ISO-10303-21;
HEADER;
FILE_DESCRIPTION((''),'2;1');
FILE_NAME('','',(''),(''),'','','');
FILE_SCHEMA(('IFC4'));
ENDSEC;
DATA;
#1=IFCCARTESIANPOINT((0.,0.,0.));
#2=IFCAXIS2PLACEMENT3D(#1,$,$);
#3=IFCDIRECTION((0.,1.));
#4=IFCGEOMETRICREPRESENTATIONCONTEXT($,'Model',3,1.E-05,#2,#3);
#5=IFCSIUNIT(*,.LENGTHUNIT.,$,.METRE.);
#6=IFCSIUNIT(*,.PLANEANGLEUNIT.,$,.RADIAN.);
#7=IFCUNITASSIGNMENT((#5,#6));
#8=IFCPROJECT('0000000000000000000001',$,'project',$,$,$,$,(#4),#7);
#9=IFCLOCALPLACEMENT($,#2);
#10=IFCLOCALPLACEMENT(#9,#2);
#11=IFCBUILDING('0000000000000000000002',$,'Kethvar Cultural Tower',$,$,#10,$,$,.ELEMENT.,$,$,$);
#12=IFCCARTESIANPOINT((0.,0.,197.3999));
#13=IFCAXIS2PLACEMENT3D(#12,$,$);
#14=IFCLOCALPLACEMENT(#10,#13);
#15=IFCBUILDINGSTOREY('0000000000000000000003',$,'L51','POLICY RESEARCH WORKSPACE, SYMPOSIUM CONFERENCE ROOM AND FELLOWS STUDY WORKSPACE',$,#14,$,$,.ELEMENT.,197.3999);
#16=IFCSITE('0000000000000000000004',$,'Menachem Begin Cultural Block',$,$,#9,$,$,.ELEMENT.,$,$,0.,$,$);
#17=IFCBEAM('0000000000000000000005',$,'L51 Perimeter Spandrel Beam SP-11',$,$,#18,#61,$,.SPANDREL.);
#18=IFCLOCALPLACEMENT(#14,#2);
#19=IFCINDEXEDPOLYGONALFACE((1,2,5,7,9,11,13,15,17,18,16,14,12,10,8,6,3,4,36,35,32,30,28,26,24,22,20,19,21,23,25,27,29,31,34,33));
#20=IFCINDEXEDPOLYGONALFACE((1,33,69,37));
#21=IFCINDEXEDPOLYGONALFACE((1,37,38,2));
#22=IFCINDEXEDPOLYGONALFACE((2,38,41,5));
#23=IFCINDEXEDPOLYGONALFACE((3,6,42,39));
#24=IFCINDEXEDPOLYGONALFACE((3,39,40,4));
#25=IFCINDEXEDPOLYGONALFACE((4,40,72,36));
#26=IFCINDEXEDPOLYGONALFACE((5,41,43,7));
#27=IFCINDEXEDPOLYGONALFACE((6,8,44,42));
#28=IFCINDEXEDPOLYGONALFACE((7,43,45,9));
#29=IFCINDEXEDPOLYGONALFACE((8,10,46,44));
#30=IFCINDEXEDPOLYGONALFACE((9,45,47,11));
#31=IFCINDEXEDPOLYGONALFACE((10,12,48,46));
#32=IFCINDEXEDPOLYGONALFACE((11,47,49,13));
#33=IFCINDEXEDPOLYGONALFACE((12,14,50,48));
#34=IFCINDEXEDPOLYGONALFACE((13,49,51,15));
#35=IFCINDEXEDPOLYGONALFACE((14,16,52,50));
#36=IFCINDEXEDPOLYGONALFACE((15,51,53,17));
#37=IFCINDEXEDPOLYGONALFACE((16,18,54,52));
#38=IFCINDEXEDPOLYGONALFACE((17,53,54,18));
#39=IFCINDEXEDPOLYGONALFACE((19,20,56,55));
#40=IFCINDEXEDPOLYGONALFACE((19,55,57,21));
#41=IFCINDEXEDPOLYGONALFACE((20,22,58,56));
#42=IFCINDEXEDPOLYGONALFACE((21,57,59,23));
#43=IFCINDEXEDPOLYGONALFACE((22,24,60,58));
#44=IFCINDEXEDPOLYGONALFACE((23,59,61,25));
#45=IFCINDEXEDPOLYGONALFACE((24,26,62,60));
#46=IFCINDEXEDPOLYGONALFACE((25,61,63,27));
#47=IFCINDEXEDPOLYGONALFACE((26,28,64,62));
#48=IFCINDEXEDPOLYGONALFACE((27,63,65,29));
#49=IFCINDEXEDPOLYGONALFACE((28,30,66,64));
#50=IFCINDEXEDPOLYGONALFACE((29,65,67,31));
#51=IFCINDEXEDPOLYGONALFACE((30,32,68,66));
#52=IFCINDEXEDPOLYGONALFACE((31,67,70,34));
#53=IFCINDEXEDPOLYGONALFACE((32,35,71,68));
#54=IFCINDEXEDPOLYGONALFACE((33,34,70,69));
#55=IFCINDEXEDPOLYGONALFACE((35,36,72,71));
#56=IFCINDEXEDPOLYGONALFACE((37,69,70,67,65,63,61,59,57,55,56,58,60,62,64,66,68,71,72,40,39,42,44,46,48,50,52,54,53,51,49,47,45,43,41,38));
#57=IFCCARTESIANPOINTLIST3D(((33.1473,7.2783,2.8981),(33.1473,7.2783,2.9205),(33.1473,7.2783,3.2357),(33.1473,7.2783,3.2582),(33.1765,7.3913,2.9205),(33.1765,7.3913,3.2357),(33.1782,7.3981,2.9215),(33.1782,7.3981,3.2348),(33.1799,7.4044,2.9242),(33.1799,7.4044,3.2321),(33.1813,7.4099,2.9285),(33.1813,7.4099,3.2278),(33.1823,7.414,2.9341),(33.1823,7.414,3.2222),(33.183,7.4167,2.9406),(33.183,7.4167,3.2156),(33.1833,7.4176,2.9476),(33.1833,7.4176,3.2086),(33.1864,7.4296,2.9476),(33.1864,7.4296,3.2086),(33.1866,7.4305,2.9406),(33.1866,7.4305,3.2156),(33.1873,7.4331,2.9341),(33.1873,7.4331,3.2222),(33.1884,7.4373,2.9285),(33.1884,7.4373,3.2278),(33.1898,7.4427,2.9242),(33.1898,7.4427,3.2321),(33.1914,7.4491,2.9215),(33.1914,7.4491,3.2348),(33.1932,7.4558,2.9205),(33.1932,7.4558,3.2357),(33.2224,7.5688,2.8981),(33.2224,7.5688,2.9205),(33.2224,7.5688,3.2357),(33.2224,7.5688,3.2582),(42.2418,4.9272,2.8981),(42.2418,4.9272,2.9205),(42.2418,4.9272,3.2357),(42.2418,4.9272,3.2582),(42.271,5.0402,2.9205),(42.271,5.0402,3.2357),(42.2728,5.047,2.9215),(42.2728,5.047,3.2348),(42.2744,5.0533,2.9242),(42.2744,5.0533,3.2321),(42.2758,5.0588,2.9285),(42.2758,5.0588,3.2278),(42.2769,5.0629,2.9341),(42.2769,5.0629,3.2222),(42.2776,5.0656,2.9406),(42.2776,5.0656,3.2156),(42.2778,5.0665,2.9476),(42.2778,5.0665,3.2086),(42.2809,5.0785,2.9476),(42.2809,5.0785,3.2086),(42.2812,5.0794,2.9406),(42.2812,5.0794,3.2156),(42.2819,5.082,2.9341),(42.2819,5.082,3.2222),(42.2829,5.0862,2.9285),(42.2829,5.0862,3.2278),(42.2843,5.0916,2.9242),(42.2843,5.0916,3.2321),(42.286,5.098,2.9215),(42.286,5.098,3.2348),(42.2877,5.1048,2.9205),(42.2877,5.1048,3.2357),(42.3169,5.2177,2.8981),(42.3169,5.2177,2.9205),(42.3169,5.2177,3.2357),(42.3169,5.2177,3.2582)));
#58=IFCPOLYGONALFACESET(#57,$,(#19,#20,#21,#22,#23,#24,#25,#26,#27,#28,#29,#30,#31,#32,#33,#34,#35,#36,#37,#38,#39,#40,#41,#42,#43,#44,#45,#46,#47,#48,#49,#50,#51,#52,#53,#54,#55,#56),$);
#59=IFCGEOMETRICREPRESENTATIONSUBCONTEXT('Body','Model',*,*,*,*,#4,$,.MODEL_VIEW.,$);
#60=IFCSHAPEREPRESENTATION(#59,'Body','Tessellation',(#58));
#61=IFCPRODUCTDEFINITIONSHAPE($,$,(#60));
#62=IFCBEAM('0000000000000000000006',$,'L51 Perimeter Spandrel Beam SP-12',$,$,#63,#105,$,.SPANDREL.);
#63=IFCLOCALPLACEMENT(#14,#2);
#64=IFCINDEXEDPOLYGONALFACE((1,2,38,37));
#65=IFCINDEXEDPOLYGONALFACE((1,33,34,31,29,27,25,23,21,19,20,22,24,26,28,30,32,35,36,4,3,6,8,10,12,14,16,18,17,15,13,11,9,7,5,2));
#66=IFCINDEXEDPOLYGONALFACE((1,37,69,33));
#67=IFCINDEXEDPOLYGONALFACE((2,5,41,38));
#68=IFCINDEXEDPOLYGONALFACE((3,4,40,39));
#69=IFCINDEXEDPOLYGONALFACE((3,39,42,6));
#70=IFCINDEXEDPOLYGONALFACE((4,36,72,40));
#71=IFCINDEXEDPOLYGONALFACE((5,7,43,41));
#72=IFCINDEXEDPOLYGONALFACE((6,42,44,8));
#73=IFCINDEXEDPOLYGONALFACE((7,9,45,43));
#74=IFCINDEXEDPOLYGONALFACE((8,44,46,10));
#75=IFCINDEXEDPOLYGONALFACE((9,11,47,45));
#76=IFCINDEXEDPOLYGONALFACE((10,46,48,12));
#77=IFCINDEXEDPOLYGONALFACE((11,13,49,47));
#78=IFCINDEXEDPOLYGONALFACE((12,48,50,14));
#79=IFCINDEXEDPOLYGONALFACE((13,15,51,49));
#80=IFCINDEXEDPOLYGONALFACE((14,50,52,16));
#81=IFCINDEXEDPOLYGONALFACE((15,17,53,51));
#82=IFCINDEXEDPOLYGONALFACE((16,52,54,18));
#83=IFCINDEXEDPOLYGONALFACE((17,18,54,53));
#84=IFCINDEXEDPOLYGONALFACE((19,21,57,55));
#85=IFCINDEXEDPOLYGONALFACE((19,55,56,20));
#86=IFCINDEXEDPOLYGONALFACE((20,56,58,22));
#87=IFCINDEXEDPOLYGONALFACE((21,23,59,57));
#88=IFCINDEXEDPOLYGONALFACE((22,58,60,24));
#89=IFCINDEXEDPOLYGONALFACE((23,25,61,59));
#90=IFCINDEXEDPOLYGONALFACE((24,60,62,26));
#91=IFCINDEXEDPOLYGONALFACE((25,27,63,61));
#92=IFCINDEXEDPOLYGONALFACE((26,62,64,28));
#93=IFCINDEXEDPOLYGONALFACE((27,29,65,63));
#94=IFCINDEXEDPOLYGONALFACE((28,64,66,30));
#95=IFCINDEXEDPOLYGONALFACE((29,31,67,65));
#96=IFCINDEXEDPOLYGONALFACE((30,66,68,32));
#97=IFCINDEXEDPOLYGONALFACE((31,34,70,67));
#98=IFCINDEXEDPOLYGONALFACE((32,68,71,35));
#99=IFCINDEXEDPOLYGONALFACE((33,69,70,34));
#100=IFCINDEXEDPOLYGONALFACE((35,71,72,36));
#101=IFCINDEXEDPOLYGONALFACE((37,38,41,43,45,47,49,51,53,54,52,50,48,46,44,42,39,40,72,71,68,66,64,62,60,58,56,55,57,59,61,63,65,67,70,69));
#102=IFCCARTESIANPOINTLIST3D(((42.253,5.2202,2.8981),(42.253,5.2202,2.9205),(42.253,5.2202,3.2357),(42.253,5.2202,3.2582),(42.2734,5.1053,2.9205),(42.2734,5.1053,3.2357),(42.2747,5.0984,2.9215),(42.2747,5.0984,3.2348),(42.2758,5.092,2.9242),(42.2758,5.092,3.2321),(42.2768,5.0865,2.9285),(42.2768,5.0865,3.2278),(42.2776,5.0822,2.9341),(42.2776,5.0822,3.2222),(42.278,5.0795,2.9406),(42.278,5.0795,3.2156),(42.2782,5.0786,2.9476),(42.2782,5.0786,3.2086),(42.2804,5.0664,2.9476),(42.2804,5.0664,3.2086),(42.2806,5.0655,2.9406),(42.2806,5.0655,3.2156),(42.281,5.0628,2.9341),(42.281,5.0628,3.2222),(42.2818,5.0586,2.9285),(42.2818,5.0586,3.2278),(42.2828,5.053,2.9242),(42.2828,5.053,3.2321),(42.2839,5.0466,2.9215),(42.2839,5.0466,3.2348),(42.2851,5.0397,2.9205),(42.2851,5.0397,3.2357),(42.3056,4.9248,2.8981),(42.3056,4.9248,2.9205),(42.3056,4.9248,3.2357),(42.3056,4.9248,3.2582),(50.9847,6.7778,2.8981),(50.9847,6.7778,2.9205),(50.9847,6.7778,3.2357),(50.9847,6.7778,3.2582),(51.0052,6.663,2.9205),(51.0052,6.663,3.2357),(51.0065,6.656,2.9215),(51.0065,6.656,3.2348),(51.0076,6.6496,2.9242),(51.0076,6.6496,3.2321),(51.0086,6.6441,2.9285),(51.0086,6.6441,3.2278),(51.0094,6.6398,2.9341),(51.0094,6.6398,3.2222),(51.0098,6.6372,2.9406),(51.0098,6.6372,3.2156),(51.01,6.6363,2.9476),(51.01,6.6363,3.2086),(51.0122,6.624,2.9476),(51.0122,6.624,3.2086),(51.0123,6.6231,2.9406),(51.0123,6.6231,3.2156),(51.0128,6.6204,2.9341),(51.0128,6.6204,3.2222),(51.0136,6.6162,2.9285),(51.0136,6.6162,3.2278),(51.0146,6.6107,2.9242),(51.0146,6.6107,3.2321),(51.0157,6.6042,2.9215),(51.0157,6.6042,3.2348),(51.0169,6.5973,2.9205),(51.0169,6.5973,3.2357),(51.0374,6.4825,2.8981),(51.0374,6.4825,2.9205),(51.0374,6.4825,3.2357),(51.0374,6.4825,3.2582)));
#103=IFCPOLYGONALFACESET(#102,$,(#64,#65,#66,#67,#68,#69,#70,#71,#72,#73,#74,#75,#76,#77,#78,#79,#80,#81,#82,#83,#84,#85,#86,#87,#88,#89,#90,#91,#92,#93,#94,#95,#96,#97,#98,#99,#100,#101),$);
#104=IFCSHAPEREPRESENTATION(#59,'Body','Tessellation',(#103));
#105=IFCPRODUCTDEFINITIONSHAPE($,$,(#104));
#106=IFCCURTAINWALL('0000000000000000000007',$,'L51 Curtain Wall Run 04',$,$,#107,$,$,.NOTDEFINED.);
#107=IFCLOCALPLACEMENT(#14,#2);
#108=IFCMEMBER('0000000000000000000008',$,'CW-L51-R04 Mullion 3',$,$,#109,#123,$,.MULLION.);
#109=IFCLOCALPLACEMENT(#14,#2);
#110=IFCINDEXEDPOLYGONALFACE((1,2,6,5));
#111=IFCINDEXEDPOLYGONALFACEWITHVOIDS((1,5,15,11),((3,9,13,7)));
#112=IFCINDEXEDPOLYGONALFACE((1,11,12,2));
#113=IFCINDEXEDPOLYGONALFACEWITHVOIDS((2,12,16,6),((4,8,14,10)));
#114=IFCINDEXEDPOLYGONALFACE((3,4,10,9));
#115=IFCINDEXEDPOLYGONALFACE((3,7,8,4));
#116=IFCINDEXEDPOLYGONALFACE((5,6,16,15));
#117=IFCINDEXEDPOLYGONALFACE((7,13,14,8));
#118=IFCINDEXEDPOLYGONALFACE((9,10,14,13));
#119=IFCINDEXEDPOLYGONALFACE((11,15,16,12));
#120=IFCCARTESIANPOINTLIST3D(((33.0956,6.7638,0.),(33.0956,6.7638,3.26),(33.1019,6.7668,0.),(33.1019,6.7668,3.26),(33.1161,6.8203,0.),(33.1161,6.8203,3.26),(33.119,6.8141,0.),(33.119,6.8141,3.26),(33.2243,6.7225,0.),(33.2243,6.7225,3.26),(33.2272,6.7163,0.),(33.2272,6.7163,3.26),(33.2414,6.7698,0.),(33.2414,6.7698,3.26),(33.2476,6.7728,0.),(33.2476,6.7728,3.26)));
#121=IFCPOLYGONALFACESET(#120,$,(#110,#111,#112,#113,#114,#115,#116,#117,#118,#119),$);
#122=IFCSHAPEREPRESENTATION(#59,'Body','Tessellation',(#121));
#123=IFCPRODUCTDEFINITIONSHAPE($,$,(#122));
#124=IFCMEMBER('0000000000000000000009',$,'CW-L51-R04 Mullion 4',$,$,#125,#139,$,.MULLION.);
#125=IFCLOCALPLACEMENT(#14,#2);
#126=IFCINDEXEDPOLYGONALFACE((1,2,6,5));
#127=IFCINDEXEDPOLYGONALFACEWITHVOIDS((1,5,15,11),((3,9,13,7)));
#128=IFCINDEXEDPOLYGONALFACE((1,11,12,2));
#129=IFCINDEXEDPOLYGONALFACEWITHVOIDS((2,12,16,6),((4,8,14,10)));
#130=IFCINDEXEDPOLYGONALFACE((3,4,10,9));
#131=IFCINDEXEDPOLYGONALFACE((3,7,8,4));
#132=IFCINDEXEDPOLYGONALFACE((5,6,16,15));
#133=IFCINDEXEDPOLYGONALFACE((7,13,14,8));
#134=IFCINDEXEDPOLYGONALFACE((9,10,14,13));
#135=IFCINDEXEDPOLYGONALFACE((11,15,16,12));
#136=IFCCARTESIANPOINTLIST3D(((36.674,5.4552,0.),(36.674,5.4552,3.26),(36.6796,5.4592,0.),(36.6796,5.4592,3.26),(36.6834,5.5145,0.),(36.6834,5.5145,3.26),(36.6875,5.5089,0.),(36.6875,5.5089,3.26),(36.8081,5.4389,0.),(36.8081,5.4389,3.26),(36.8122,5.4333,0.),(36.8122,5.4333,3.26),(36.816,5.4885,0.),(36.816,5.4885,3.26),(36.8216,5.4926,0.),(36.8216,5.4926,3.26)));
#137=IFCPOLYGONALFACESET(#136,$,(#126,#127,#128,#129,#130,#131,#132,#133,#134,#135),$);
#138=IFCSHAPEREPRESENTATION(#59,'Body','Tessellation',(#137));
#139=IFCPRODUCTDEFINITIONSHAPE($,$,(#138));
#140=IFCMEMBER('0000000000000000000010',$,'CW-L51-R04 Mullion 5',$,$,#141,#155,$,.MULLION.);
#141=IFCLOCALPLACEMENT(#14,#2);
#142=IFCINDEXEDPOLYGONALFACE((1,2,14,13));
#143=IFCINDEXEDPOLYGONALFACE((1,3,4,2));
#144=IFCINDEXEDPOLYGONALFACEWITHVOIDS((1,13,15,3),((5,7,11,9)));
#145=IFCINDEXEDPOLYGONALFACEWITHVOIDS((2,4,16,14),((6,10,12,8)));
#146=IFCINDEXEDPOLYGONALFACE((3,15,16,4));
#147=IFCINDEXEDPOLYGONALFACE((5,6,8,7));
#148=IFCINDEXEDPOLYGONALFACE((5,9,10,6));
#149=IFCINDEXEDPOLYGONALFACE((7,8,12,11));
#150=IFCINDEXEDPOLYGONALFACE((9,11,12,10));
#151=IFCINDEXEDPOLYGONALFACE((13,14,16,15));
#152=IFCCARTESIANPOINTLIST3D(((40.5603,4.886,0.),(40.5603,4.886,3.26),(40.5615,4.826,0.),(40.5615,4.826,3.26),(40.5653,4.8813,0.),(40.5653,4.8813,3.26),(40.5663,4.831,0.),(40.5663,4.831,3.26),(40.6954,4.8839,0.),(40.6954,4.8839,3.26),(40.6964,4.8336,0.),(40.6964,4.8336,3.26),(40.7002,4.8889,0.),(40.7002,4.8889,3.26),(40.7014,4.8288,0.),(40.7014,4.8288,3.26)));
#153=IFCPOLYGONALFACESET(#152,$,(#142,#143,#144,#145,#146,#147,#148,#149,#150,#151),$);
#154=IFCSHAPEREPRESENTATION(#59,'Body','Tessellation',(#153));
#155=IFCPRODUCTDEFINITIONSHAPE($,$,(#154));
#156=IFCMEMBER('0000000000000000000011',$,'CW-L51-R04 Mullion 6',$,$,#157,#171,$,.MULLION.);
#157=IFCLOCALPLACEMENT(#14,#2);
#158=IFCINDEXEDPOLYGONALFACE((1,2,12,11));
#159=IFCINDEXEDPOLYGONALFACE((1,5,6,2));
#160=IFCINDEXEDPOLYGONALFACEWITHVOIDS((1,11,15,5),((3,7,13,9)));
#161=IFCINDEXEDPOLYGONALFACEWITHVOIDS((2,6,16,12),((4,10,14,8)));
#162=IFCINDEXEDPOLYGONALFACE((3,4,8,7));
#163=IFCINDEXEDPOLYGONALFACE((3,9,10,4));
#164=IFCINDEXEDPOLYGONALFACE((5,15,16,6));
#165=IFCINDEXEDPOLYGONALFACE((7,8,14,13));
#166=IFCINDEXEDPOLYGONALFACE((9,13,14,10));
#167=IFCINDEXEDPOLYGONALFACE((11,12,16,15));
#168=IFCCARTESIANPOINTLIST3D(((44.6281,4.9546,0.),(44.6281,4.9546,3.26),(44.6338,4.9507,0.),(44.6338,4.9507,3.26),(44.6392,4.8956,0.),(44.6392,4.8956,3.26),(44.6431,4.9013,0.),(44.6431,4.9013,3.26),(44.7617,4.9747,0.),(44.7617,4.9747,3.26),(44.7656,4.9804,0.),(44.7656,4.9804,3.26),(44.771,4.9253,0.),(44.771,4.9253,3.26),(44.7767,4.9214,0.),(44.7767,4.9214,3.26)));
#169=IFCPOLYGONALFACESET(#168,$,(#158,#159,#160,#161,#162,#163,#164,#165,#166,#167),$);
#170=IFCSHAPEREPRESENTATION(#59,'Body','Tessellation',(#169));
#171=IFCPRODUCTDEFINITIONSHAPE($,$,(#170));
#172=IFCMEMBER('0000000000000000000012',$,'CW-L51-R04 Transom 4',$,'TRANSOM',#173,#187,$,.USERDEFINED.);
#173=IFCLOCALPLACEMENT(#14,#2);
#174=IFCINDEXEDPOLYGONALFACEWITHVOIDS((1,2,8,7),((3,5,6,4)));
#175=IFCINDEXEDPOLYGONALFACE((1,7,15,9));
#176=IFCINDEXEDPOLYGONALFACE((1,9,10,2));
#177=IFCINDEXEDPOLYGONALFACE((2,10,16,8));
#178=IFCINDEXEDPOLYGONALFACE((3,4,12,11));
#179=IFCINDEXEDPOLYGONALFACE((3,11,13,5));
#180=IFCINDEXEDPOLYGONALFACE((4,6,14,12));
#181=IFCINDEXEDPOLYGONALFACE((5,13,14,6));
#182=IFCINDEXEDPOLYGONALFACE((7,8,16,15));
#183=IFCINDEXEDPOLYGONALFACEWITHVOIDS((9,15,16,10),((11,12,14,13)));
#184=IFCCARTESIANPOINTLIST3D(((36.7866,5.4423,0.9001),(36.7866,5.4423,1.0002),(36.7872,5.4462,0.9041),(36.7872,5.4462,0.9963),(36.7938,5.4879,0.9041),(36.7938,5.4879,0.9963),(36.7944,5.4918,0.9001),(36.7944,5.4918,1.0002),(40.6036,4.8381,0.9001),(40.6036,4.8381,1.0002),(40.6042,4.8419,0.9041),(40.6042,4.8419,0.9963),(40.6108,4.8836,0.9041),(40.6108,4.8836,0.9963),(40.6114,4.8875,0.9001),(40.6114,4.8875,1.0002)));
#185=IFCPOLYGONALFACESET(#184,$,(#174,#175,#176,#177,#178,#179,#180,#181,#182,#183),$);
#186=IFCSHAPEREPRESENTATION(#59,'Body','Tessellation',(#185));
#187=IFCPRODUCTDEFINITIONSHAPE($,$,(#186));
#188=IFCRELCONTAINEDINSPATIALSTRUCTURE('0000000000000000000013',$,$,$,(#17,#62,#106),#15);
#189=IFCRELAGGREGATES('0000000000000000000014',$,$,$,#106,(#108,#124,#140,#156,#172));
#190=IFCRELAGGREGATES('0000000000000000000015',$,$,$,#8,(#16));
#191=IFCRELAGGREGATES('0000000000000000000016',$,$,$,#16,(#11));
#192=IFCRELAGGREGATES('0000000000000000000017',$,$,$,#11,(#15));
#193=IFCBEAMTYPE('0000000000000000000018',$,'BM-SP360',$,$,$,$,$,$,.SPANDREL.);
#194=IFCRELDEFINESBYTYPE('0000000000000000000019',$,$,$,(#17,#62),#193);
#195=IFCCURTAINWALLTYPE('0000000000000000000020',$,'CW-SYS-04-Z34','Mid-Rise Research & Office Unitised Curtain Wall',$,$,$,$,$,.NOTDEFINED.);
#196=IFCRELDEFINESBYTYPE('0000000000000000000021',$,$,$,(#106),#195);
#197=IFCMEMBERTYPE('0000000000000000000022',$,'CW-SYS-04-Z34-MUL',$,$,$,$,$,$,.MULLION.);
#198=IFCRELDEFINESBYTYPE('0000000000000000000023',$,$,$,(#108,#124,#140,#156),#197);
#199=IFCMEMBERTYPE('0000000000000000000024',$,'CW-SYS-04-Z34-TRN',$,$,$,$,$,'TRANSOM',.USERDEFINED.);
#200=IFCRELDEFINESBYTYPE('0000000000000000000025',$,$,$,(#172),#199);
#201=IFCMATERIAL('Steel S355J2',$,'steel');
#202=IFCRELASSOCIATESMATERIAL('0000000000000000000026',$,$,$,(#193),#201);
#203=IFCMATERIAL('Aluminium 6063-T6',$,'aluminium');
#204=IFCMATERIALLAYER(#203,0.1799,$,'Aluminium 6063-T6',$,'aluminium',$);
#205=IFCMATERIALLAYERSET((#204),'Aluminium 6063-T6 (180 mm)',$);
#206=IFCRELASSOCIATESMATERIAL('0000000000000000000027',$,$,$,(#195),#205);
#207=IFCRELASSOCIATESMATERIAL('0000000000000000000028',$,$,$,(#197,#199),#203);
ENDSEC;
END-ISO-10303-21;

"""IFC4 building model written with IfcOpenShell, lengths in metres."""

from ifc_helpers import new_model, si_unit, direction, frame, origin, origin_2d, place, context, subcontext, project, spatial, hollow_rectangle, i_section, extrude, source, transform, mapped, material, layer, layer_set, material_profile, profile_set, type_object, element, aggregate, save


model = new_model("IFC4")

# Units and contexts
model_context = context("Model", 3, precision=1e-05, world=origin(), true_north=direction((0.0, 1.0)))
body_context = subcontext(model_context, "Body", "Model", "MODEL_VIEW")
ifc_project = project(units=[si_unit("LENGTHUNIT", "METRE"), si_unit("PLANEANGLEUNIT", "RADIAN")], contexts=[model_context])

# Site, building, storey
site_placement = place(None, origin())
site = spatial("IfcSite", under=ifc_project, at=site_placement, Name="Menachem Begin Cultural Block", CompositionType="ELEMENT", RefElevation=0.0)
building_placement = place(site_placement, origin())
building = spatial("IfcBuilding", under=site, at=building_placement, Name="Kethvar Cultural Tower", CompositionType="ELEMENT")
storey_placement = place(building_placement, frame((0.0, 0.0, 197.3999)))
storey = spatial("IfcBuildingStorey", under=building, at=storey_placement, Name="L51", Description="POLICY RESEARCH WORKSPACE, SYMPOSIUM CONFERENCE ROOM AND FELLOWS STUDY WORKSPACE", CompositionType="ELEMENT", Elevation=197.3999)

# Beams
ifc_material_1 = material(Name="Steel S355J2", Category="steel")
ifc_material_profile_1 = material_profile(ifc_material_1, i_section(OverallWidth=0.3, OverallDepth=0.3601, WebThickness=0.0125, FlangeThickness=0.0225, FilletRadius=0.0271, at=origin_2d()), Name="Steel S355J2 — HEB360")
ifc_profile_set_1 = profile_set([ifc_material_profile_1], Name="Steel S355J2 — HEB360")
beam_type_1 = type_object("IfcBeamType", Name="BM-SP360", PredefinedType="SPANDREL", material=ifc_profile_set_1)
shared_shape_1 = source(origin(), body_context, "Body", "SweptSolid", [
    extrude(i_section(OverallWidth=0.3, OverallDepth=0.3601, WebThickness=0.0125, FlangeThickness=0.0225, FilletRadius=0.0271, at=origin_2d()), origin(), (0.0, 0.0, 1.0), 9.3936),
])
beam_1_placement = place(storey_placement, frame((33.1848, 7.4236, 3.0781), z_axis=(0.968171, -0.250288, 0.0), x_axis=(0.250288, 0.968171, 0.0)))
element("IfcBeam", 1, at=beam_1_placement, inside=storey, type_object=beam_type_1, Name="L51 Perimeter Spandrel Beam SP-11", PredefinedType="SPANDREL", context=body_context, shape_type="MappedRepresentation", body=[
    mapped(shared_shape_1, transform((0.0, 0.0, 0.0), scale=1.0)),
])
shared_shape_2 = source(origin(), body_context, "Body", "SweptSolid", [
    extrude(i_section(OverallWidth=0.3, OverallDepth=0.3601, WebThickness=0.0125, FlangeThickness=0.0225, FilletRadius=0.0271, at=origin_2d()), origin(), (0.0, 0.0, 1.0), 8.8696),
])
beam_2_placement = place(storey_placement, frame((42.2793, 5.0725, 3.0781), z_axis=(0.984459, 0.175614, 0.0), x_axis=(-0.175614, 0.984459, 0.0)))
element("IfcBeam", 2, at=beam_2_placement, inside=storey, type_object=beam_type_1, Name="L51 Perimeter Spandrel Beam SP-12", PredefinedType="SPANDREL", context=body_context, shape_type="MappedRepresentation", body=[
    mapped(shared_shape_2, transform((0.0, 0.0, 0.0), scale=1.0)),
])

# Curtain wall, members
ifc_material_2 = material(Name="Aluminium 6063-T6", Category="aluminium")
ifc_layer_1 = layer(ifc_material_2, 0.1799, Name="Aluminium 6063-T6", Category="aluminium")
ifc_layer_set_1 = layer_set([ifc_layer_1], Name="Aluminium 6063-T6 (180 mm)")
curtain_wall_type = type_object("IfcCurtainWallType", Name="CW-SYS-04-Z34", Description="Mid-Rise Research & Office Unitised Curtain Wall", PredefinedType="NOTDEFINED", material=ifc_layer_set_1)
curtain_wall_placement = place(storey_placement, origin())
curtain_wall = element("IfcCurtainWall", 3, at=curtain_wall_placement, inside=storey, type_object=curtain_wall_type, Name="L51 Curtain Wall Run 04", PredefinedType="NOTDEFINED")
ifc_material_profile_2 = material_profile(ifc_material_2, hollow_rectangle(XDim=0.0601, YDim=0.1399, WallThickness=0.0049, at=origin_2d()), Name="Aluminium 6063-T6 — RHS140x60x5")
ifc_profile_set_2 = profile_set([ifc_material_profile_2], Name="Aluminium 6063-T6 — RHS140x60x5")
member_type_1 = type_object("IfcMemberType", Name="CW-SYS-04-Z34-MUL", PredefinedType="MULLION", material=ifc_profile_set_2)
shared_shape_3 = source(origin(), body_context, "Body", "SweptSolid", [
    extrude(hollow_rectangle(XDim=0.0601, YDim=0.1399, WallThickness=0.0049, at=origin_2d()), origin(), (0.0, 0.0, 1.0), 3.26),
])
member_1_placement = place(storey_placement, frame((33.1716, 6.7683, 0.0), z_axis=(0.0, 0.0, 1.0), x_axis=(0.339854, 0.940478, 0.0)))
member_1 = element("IfcMember", 4, at=member_1_placement, type_object=member_type_1, Name="CW-L51-R04 Mullion 3", PredefinedType="MULLION", context=body_context, shape_type="MappedRepresentation", body=[
    mapped(shared_shape_3, transform((0.0, 0.0, 0.0), scale=1.0)),
])
member_2_placement = place(storey_placement, frame((36.7478, 5.4739, 0.0), z_axis=(0.0, 0.0, 1.0), x_axis=(0.156383, 0.987697, 0.0)))
member_2 = element("IfcMember", 5, at=member_2_placement, type_object=member_type_1, Name="CW-L51-R04 Mullion 4", PredefinedType="MULLION", context=body_context, shape_type="MappedRepresentation", body=[
    mapped(shared_shape_3, transform((0.0, 0.0, 0.0), scale=1.0)),
])
member_3_placement = place(storey_placement, frame((40.6309, 4.8574, 0.0), z_axis=(0.0, 0.0, 1.0), x_axis=(-0.020175, 0.999796, 0.0)))
member_3 = element("IfcMember", 6, at=member_3_placement, type_object=member_type_1, Name="CW-L51-R04 Mullion 5", PredefinedType="MULLION", context=body_context, shape_type="MappedRepresentation", body=[
    mapped(shared_shape_3, transform((0.0, 0.0, 0.0), scale=1.0)),
])
member_4_placement = place(storey_placement, frame((44.7024, 4.938, 0.0), z_axis=(0.0, 0.0, 1.0), x_axis=(-0.184706, 0.982794, 0.0)))
member_4 = element("IfcMember", 7, at=member_4_placement, type_object=member_type_1, Name="CW-L51-R04 Mullion 6", PredefinedType="MULLION", context=body_context, shape_type="MappedRepresentation", body=[
    mapped(shared_shape_3, transform((0.0, 0.0, 0.0), scale=1.0)),
])
ifc_material_profile_3 = material_profile(ifc_material_2, hollow_rectangle(XDim=0.05, YDim=0.1001, WallThickness=0.0039, at=origin_2d()), Name="Aluminium 6063-T6 — RHS100x50x4")
ifc_profile_set_3 = profile_set([ifc_material_profile_3], Name="Aluminium 6063-T6 — RHS100x50x4")
member_type_2 = type_object("IfcMemberType", Name="CW-SYS-04-Z34-TRN", ElementType="TRANSOM", PredefinedType="USERDEFINED", material=ifc_profile_set_3)
shared_shape_4 = source(origin(), body_context, "Body", "SweptSolid", [
    extrude(hollow_rectangle(XDim=0.05, YDim=0.1001, WallThickness=0.0039, at=origin_2d()), origin(), (0.0, 0.0, 1.0), 3.8645),
])
member_5_placement = place(storey_placement, frame((36.7905, 5.467, 0.9502), z_axis=(0.9877, -0.156362, 0.0), x_axis=(0.156362, 0.9877, 0.0)))
member_5 = element("IfcMember", 8, at=member_5_placement, type_object=member_type_2, Name="CW-L51-R04 Transom 4", ObjectType="TRANSOM", PredefinedType="USERDEFINED", context=body_context, shape_type="MappedRepresentation", body=[
    mapped(shared_shape_4, transform((0.0, 0.0, 0.0), scale=1.0)),
])
aggregate(curtain_wall, [member_1, member_2, member_3, member_4, member_5])

save(model, "model.ifc")
